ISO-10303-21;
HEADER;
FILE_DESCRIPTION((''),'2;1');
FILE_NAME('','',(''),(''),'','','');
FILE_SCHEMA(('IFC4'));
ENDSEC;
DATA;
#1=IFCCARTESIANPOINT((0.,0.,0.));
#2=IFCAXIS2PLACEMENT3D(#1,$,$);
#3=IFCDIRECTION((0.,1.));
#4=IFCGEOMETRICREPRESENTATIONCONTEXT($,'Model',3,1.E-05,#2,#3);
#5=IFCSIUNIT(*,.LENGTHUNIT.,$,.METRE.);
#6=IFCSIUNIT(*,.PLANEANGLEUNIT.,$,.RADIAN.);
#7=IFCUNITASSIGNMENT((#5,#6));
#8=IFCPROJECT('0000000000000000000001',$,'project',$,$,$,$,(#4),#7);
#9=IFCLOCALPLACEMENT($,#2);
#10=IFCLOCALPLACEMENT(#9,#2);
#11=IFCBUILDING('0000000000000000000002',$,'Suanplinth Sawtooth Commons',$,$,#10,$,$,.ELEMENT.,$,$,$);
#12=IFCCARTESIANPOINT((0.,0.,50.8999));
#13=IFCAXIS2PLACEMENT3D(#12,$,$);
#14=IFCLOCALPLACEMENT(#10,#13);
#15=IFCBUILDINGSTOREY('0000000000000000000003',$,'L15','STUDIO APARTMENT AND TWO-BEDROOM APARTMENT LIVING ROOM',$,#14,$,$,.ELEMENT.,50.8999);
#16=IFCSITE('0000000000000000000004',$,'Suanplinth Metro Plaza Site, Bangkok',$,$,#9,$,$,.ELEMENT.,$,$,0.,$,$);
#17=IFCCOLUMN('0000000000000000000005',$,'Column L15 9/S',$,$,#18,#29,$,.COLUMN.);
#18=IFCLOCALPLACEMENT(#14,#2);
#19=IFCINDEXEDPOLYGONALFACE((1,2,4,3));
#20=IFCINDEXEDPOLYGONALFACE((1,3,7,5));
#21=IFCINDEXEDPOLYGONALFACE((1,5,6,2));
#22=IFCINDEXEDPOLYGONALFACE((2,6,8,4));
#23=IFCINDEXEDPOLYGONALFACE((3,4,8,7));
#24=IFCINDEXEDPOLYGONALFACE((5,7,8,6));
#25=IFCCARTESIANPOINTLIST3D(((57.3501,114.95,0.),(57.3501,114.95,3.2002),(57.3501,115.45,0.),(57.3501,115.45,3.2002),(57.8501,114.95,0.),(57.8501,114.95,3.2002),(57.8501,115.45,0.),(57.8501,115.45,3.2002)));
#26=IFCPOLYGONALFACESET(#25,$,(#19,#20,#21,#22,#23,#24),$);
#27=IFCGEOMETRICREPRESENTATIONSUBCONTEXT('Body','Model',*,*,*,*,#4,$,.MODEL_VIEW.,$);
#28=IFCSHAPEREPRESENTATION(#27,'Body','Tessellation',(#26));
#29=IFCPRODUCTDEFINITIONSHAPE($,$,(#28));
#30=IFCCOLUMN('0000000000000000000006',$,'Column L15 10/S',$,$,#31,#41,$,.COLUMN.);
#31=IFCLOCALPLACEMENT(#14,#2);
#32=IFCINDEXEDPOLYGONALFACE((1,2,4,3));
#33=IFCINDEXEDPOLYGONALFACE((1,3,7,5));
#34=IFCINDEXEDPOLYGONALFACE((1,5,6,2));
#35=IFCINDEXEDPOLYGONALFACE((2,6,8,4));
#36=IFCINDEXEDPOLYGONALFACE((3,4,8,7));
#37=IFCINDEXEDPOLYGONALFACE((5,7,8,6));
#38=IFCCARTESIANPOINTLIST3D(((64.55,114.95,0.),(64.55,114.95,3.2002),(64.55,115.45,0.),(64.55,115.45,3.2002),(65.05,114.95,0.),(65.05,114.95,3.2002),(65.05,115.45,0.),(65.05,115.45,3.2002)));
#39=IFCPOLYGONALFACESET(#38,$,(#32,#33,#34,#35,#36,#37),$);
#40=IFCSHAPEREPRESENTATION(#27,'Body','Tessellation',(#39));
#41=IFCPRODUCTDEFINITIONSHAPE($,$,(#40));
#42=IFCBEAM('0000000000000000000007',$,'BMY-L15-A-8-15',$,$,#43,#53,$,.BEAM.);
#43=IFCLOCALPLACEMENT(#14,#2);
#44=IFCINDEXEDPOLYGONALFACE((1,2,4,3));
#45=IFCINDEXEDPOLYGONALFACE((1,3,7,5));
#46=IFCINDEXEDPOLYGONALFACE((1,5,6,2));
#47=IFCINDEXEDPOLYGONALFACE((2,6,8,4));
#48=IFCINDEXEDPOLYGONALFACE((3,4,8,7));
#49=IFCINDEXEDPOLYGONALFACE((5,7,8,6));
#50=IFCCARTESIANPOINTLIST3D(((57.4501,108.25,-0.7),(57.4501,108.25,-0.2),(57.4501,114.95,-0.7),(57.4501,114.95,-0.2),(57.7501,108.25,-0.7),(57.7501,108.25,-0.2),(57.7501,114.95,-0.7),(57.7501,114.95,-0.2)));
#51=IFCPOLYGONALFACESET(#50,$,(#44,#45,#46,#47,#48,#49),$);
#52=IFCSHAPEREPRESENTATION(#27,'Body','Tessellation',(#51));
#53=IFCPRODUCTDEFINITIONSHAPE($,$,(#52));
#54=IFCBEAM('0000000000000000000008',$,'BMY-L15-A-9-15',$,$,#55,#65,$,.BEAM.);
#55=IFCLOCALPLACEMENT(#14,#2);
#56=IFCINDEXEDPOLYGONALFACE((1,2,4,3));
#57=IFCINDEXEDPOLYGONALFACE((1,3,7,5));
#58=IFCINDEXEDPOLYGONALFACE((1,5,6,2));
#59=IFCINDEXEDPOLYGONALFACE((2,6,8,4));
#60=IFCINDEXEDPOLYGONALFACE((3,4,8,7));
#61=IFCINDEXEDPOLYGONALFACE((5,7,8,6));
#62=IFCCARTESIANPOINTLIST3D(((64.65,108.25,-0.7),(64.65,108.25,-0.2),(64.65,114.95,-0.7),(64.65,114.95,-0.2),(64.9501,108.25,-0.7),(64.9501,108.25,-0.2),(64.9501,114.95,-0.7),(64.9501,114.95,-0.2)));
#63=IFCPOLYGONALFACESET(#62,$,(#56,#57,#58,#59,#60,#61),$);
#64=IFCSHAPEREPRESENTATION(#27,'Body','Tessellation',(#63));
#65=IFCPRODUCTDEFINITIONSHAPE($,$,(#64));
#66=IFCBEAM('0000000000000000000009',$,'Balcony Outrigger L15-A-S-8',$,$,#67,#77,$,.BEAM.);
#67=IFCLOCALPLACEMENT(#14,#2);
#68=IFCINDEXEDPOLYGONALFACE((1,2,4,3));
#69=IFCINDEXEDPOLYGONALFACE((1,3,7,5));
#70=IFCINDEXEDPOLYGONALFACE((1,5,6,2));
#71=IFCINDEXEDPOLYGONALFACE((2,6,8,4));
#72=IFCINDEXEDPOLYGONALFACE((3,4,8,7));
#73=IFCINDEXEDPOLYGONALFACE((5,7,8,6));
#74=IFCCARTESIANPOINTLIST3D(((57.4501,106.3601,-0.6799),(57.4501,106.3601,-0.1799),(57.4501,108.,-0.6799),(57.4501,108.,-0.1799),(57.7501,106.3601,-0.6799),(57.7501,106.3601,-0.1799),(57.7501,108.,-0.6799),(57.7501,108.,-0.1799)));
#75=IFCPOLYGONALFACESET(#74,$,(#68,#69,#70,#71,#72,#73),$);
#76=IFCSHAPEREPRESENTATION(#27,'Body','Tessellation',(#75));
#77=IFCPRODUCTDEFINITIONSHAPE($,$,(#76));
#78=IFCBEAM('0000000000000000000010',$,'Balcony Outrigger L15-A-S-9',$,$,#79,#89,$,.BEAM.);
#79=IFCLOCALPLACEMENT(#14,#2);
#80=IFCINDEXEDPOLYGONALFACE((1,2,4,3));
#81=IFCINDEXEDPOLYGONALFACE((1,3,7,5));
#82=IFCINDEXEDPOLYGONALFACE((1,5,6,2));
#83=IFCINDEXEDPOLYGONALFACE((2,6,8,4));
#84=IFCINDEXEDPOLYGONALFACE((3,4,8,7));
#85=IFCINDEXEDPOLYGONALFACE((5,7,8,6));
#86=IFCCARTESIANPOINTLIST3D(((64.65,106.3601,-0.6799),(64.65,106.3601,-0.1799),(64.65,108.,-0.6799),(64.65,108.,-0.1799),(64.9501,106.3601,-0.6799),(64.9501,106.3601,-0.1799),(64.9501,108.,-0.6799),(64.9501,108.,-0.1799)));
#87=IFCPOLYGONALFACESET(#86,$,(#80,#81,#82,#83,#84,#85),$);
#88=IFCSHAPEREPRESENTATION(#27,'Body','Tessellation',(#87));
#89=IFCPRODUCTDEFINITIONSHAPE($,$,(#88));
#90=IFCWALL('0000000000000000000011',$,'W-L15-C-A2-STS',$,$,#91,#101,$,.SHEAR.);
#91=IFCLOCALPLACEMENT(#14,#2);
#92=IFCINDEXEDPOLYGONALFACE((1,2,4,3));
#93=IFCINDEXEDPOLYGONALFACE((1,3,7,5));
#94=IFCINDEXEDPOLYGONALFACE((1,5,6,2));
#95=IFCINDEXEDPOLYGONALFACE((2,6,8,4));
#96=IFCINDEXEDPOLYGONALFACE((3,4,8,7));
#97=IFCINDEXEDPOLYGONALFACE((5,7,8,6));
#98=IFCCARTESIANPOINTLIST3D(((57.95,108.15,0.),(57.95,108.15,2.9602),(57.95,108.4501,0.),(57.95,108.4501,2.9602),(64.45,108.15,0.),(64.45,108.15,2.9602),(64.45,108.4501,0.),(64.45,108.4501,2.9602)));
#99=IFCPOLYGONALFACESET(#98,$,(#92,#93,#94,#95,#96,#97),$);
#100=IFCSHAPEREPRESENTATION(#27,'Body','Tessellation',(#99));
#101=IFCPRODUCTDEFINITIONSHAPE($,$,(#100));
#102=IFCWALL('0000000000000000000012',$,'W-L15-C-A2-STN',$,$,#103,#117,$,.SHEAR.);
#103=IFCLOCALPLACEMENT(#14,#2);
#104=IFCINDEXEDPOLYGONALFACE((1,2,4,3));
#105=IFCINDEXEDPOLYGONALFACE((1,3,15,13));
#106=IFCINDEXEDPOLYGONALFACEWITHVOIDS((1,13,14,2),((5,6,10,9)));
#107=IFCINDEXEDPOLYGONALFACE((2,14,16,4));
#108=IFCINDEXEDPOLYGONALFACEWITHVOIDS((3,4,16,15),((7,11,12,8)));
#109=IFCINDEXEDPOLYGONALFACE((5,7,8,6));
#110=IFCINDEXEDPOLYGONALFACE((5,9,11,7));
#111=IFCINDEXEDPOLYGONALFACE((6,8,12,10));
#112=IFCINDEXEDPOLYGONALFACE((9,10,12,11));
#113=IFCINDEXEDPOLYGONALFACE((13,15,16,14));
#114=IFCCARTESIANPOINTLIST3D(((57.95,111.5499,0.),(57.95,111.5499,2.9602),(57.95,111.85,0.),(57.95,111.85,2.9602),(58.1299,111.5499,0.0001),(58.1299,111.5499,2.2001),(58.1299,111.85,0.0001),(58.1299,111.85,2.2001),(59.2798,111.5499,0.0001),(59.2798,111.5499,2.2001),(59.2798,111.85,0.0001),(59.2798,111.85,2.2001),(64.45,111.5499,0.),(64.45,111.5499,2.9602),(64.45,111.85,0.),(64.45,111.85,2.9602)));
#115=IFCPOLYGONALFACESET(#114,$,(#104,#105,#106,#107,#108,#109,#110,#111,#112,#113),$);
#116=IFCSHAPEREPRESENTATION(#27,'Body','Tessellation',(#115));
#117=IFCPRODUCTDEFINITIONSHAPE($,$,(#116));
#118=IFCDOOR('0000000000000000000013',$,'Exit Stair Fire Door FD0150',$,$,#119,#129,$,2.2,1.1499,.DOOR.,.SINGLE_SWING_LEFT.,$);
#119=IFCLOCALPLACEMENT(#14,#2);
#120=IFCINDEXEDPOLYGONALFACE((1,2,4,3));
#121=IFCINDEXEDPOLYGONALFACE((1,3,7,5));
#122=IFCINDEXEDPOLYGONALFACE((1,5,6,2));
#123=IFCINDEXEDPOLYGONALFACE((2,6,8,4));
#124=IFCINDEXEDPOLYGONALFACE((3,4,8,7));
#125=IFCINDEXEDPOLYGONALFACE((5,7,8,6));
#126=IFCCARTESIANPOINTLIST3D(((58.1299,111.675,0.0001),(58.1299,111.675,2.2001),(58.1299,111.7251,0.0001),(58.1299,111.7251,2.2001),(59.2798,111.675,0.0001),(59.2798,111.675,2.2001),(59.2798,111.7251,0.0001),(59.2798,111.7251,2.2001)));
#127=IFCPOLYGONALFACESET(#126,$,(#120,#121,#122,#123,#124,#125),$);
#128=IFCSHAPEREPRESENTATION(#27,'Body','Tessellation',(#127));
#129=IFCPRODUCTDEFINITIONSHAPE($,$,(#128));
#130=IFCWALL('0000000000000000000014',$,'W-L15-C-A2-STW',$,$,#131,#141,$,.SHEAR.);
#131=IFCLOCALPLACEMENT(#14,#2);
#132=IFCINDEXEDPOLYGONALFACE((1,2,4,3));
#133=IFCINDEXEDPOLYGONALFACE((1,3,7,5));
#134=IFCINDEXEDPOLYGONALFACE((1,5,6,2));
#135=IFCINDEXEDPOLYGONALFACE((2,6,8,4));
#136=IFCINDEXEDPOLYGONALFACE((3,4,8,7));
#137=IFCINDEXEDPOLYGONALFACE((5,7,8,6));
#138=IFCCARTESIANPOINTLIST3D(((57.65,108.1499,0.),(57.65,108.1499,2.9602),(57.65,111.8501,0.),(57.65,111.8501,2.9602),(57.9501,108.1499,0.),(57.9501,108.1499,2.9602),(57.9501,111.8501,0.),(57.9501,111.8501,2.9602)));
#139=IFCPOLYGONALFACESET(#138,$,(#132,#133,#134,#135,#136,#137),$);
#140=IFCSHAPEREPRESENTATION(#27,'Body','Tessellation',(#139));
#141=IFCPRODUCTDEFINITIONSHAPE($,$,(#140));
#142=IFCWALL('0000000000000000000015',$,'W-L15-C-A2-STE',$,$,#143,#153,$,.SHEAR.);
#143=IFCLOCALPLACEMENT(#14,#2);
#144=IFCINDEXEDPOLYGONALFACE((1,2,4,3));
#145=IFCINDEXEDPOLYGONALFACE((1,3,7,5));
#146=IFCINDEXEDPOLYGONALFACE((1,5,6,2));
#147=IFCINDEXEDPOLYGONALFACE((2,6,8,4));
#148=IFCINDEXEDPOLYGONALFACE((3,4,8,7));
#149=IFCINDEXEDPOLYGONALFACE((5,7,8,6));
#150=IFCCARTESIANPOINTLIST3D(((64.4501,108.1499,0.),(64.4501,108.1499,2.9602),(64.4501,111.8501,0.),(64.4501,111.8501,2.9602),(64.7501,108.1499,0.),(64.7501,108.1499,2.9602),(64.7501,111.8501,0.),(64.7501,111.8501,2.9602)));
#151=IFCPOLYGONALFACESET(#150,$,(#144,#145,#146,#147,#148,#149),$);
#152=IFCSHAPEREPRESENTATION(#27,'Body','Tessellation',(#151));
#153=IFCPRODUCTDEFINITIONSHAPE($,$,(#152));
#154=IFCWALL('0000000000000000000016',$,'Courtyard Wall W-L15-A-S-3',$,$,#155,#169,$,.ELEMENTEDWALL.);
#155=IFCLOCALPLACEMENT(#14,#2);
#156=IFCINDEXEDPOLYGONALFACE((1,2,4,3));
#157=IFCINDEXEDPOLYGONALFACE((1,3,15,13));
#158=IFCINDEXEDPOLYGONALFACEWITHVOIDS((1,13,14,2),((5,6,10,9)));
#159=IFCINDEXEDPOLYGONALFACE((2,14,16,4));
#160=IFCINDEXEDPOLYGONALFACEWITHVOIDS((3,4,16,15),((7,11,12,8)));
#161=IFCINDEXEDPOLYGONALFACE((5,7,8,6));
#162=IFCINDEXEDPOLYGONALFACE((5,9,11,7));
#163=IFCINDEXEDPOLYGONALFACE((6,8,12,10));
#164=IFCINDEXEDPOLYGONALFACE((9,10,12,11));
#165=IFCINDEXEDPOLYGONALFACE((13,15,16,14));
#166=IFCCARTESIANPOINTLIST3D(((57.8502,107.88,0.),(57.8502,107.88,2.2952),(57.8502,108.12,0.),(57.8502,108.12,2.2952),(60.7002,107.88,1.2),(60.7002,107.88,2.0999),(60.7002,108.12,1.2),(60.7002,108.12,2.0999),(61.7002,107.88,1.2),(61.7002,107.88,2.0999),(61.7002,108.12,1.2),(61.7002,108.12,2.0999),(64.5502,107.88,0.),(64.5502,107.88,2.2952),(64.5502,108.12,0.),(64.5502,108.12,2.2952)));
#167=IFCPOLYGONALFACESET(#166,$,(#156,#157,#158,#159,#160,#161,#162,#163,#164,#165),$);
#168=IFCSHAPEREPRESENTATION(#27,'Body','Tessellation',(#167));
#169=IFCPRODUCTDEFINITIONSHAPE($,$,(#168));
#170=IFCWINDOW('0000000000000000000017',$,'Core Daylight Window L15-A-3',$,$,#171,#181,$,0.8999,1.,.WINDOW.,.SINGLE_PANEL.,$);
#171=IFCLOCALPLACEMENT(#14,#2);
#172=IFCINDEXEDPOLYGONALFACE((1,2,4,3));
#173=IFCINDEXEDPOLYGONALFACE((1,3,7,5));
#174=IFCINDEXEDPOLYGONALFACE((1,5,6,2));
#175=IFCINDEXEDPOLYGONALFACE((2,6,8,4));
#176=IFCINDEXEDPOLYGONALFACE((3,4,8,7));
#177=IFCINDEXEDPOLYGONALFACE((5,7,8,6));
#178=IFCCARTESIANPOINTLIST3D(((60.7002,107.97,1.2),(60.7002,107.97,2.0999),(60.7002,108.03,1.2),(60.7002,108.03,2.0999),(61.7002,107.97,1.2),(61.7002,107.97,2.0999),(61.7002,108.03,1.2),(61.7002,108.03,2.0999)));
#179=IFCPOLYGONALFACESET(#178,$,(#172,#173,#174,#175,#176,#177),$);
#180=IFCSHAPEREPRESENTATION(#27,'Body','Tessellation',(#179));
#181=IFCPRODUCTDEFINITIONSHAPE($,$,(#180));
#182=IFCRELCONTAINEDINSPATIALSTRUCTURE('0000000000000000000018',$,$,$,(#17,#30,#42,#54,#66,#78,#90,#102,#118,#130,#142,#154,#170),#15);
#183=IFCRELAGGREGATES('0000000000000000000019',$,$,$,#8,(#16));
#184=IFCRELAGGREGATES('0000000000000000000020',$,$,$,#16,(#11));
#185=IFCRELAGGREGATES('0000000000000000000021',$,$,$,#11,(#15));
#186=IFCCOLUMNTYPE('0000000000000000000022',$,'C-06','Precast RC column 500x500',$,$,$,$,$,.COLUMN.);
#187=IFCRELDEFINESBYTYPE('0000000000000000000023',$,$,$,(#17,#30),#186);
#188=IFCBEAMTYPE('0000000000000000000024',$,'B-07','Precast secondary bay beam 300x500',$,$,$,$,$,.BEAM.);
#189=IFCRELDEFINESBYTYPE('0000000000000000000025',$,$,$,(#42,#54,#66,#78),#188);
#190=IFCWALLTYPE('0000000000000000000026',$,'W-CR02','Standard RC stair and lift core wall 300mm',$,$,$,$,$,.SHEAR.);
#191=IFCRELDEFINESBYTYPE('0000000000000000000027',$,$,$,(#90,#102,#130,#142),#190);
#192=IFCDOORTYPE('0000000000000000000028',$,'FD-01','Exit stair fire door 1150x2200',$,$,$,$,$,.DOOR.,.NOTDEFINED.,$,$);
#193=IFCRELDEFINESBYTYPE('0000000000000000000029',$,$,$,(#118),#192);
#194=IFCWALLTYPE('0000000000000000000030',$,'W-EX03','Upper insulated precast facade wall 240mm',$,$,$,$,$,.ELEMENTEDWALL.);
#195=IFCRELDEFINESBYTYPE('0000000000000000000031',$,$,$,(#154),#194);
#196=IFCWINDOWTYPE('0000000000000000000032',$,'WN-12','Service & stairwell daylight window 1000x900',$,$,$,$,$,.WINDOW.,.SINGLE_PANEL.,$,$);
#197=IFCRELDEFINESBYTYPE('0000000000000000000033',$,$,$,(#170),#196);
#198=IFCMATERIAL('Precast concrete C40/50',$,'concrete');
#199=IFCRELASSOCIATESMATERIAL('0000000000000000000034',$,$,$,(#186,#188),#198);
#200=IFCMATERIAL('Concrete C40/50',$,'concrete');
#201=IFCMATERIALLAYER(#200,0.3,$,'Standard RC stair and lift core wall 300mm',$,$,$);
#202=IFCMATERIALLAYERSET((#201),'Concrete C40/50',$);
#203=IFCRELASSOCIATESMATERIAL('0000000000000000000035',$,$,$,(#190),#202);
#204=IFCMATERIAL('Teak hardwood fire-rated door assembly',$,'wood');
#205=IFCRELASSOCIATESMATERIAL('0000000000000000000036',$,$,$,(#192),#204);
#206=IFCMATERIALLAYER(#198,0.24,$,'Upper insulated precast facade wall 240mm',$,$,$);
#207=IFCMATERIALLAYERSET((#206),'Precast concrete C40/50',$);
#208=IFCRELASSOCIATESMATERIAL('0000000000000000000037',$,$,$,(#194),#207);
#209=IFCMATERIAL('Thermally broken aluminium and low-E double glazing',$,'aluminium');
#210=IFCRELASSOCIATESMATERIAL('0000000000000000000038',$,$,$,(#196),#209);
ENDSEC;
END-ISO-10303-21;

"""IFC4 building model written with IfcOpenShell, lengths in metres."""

from ifc_helpers import new_model, si_unit, direction, frame, frame_2d, origin, origin_2d, place, context, subcontext, project, spatial, rectangle, extrude, material, layer, layer_set, material_profile, profile_set, type_object, element, fill, save


model = new_model("IFC4")

# Units and contexts
model_context = context("Model", 3, precision=1e-05, world=origin(), true_north=direction((0.0, 1.0)))
body_context = subcontext(model_context, "Body", "Model", "MODEL_VIEW")
ifc_project = project(units=[si_unit("LENGTHUNIT", "METRE"), si_unit("PLANEANGLEUNIT", "RADIAN")], contexts=[model_context])

# Site, building, storey
site_placement = place(None, origin())
site = spatial("IfcSite", under=ifc_project, at=site_placement, Name="Suanplinth Metro Plaza Site, Bangkok", CompositionType="ELEMENT", RefElevation=0.0)
building_placement = place(site_placement, origin())
building = spatial("IfcBuilding", under=site, at=building_placement, Name="Suanplinth Sawtooth Commons", CompositionType="ELEMENT")
storey_placement = place(building_placement, frame((0.0, 0.0, 50.8999)))
storey = spatial("IfcBuildingStorey", under=building, at=storey_placement, Name="L15", Description="STUDIO APARTMENT AND TWO-BEDROOM APARTMENT LIVING ROOM", CompositionType="ELEMENT", Elevation=50.8999)

# Columns
ifc_material_1 = material(Name="Precast concrete C40/50", Category="concrete")
ifc_material_profile_1 = material_profile(ifc_material_1, rectangle(XDim=0.5, YDim=0.5, at=origin_2d()), Name="PC-COL 500x500")
ifc_profile_set_1 = profile_set([ifc_material_profile_1], Name="Precast concrete C40/50")
column_type = type_object("IfcColumnType", Name="C-06", Description="Precast RC column 500x500", PredefinedType="COLUMN", material=ifc_profile_set_1)
for number, where, z_axis, x_axis, name in (
    (1, (57.6001, 115.2, 0.0), (0.0, 0.0, 1.0), (1.0, 0.0, 0.0), "Column L15 9/S"),
    (2, (64.8, 115.2, 0.0), (0.0, 0.0, 1.0), (1.0, 0.0, 0.0), "Column L15 10/S"),
):
    element("IfcColumn", number, at=place(storey_placement, frame(where, z_axis=z_axis, x_axis=x_axis)), inside=storey, type_object=column_type, Name=name, PredefinedType="COLUMN", context=body_context, shape_type="SweptSolid", body=[
        extrude(rectangle(XDim=0.5, YDim=0.5, at=origin_2d()), origin(), (0.0, 0.0, 1.0), 3.2002),
    ])

# Beams
ifc_material_profile_2 = material_profile(ifc_material_1, rectangle(XDim=0.3, YDim=0.5, at=origin_2d()), Name="PC-BM 300x500")
ifc_profile_set_2 = profile_set([ifc_material_profile_2], Name="Precast concrete C40/50")
beam_type = type_object("IfcBeamType", Name="B-07", Description="Precast secondary bay beam 300x500", PredefinedType="BEAM", material=ifc_profile_set_2)
for number, where, z_axis, x_axis, name in (
    (3, (57.6001, 108.25, -0.45), (0.0, 1.0, 0.0), (-1.0, 0.0, 0.0), "BMY-L15-A-8-15"),
    (4, (64.8, 108.25, -0.45), (0.0, 1.0, 0.0), (-1.0, 0.0, 0.0), "BMY-L15-A-9-15"),
):
    element("IfcBeam", number, at=place(storey_placement, frame(where, z_axis=z_axis, x_axis=x_axis)), inside=storey, type_object=beam_type, Name=name, PredefinedType="BEAM", context=body_context, shape_type="SweptSolid", body=[
        extrude(rectangle(XDim=0.3, YDim=0.5, at=origin_2d()), origin(), (0.0, 0.0, 1.0), 6.7),
    ])
for number, where, z_axis, x_axis, name in (
    (5, (57.6001, 108.0, -0.4299), (0.0, -1.0, 0.0), (1.0, 0.0, 0.0), "Balcony Outrigger L15-A-S-8"),
    (6, (64.8, 108.0, -0.4299), (0.0, -1.0, 0.0), (1.0, 0.0, 0.0), "Balcony Outrigger L15-A-S-9"),
):
    element("IfcBeam", number, at=place(storey_placement, frame(where, z_axis=z_axis, x_axis=x_axis)), inside=storey, type_object=beam_type, Name=name, PredefinedType="BEAM", context=body_context, shape_type="SweptSolid", body=[
        extrude(rectangle(XDim=0.3, YDim=0.5, at=origin_2d()), origin(), (0.0, 0.0, 1.0), 1.6399),
    ])

# Wall
ifc_material_2 = material(Name="Concrete C40/50", Category="concrete")
ifc_layer_1 = layer(ifc_material_2, 0.3, Name="Standard RC stair and lift core wall 300mm")
ifc_layer_set_1 = layer_set([ifc_layer_1], Name="Concrete C40/50")
wall_type_1 = type_object("IfcWallType", Name="W-CR02", Description="Standard RC stair and lift core wall 300mm", PredefinedType="SHEAR", material=ifc_layer_set_1)
wall_1_placement = place(storey_placement, frame((57.95, 108.3, 0.0), z_axis=(0.0, 0.0, 1.0), x_axis=(1.0, 0.0, 0.0)))
element("IfcWall", 7, at=wall_1_placement, inside=storey, type_object=wall_type_1, Name="W-L15-C-A2-STS", PredefinedType="SHEAR", context=body_context, shape_type="SweptSolid", body=[
    extrude(rectangle(XDim=6.5, YDim=0.3, at=frame_2d((3.25, 0.0))), origin(), (0.0, 0.0, 1.0), 2.9602),
])

# Wall, opening, door
wall_2_placement = place(storey_placement, frame((57.95, 111.7, 0.0), z_axis=(0.0, 0.0, 1.0), x_axis=(1.0, 0.0, 0.0)))
wall_2 = element("IfcWall", 8, at=wall_2_placement, inside=storey, type_object=wall_type_1, Name="W-L15-C-A2-STN", PredefinedType="SHEAR", context=body_context, shape_type="SweptSolid", body=[
    extrude(rectangle(XDim=6.5, YDim=0.3, at=frame_2d((3.25, 0.0))), origin(), (0.0, 0.0, 1.0), 2.9602),
])
opening_1_placement = place(wall_2_placement, frame((0.1799, 0.0, 0.0)))
opening_1 = element("IfcOpeningElement", 9, at=opening_1_placement, cuts=wall_2, PredefinedType="OPENING", context=body_context, shape_type="SweptSolid", body=[
    extrude(rectangle(XDim=1.1499, YDim=2.2, at=frame_2d((0.575, 1.1001))), frame((0.0, 0.165, 0.0), z_axis=(0.0, -1.0, 0.0), x_axis=(1.0, 0.0, 0.0)), (0.0, 0.0, 1.0), 0.3298),
])
ifc_material_3 = material(Name="Teak hardwood fire-rated door assembly", Category="wood")
door_type_1 = type_object("IfcDoorType", Name="FD-01", Description="Exit stair fire door 1150x2200", OperationType="NOTDEFINED", PredefinedType="DOOR", material=ifc_material_3)
door_1_placement = place(opening_1_placement, frame((1.1499, 0.0, 0.0), z_axis=(0.0, 0.0, 1.0), x_axis=(-1.0, 0.0, 0.0)))
door_1 = element("IfcDoor", 10, at=door_1_placement, inside=storey, type_object=door_type_1, Name="Exit Stair Fire Door FD0150", OperationType="SINGLE_SWING_LEFT", OverallHeight=2.2, OverallWidth=1.1499, PredefinedType="DOOR", context=body_context, shape_type="SweptSolid", body=[
    extrude(rectangle(XDim=1.1499, YDim=2.2, at=frame_2d((0.575, 1.1001))), frame((0.0, 0.0249, 0.0), z_axis=(0.0, -1.0, 0.0), x_axis=(1.0, 0.0, 0.0)), (0.0, 0.0, 1.0), 0.05),
])
fill(opening_1, door_1)

# Walls
for number, where, z_axis, x_axis, name in (
    (11, (57.8, 108.1499, 0.0), (0.0, 0.0, 1.0), (0.0, 1.0, 0.0), "W-L15-C-A2-STW"),
    (12, (64.6001, 108.1499, 0.0), (0.0, 0.0, 1.0), (0.0, 1.0, 0.0), "W-L15-C-A2-STE"),
):
    element("IfcWall", number, at=place(storey_placement, frame(where, z_axis=z_axis, x_axis=x_axis)), inside=storey, type_object=wall_type_1, Name=name, PredefinedType="SHEAR", context=body_context, shape_type="SweptSolid", body=[
        extrude(rectangle(XDim=3.7002, YDim=0.3, at=frame_2d((1.8501, 0.0))), origin(), (0.0, 0.0, 1.0), 2.9602),
    ])

# Wall, opening, window
ifc_layer_2 = layer(ifc_material_1, 0.24, Name="Upper insulated precast facade wall 240mm")
ifc_layer_set_2 = layer_set([ifc_layer_2], Name="Precast concrete C40/50")
wall_type_2 = type_object("IfcWallType", Name="W-EX03", Description="Upper insulated precast facade wall 240mm", PredefinedType="ELEMENTEDWALL", material=ifc_layer_set_2)
wall_3_placement = place(storey_placement, frame((57.8501, 108.0, 0.0), z_axis=(0.0, 0.0, 1.0), x_axis=(1.0, 0.0, 0.0)))
wall_3 = element("IfcWall", 13, at=wall_3_placement, inside=storey, type_object=wall_type_2, Name="Courtyard Wall W-L15-A-S-3", PredefinedType="ELEMENTEDWALL", context=body_context, shape_type="SweptSolid", body=[
    extrude(rectangle(XDim=6.7, YDim=0.24, at=frame_2d((3.3501, 0.0))), origin(), (0.0, 0.0, 1.0), 2.2952),
])
opening_2_placement = place(wall_3_placement, frame((2.8501, 0.0, 1.2)))
opening_2 = element("IfcOpeningElement", 14, at=opening_2_placement, cuts=wall_3, PredefinedType="OPENING", context=body_context, shape_type="SweptSolid", body=[
    extrude(rectangle(XDim=1.0, YDim=0.8999, at=frame_2d((0.5, 0.45))), frame((0.0, 0.1348, 0.0), z_axis=(0.0, -1.0, 0.0), x_axis=(1.0, 0.0, 0.0)), (0.0, 0.0, 1.0), 0.2698),
])
ifc_material_4 = material(Name="Thermally broken aluminium and low-E double glazing", Category="aluminium")
window_type = type_object("IfcWindowType", Name="WN-12", Description="Service & stairwell daylight window 1000x900", PartitioningType="SINGLE_PANEL", PredefinedType="WINDOW", material=ifc_material_4)
window_placement = place(opening_2_placement, origin())
window = element("IfcWindow", 15, at=window_placement, inside=storey, type_object=window_type, Name="Core Daylight Window L15-A-3", OverallHeight=0.8999, OverallWidth=1.0, PartitioningType="SINGLE_PANEL", PredefinedType="WINDOW", context=body_context, shape_type="SweptSolid", body=[
    extrude(rectangle(XDim=1.0, YDim=0.8999, at=frame_2d((0.5, 0.45))), frame((0.0, 0.03, 0.0), z_axis=(0.0, -1.0, 0.0), x_axis=(1.0, 0.0, 0.0)), (0.0, 0.0, 1.0), 0.0601),
])
fill(opening_2, window)

save(model, "model.ifc")
